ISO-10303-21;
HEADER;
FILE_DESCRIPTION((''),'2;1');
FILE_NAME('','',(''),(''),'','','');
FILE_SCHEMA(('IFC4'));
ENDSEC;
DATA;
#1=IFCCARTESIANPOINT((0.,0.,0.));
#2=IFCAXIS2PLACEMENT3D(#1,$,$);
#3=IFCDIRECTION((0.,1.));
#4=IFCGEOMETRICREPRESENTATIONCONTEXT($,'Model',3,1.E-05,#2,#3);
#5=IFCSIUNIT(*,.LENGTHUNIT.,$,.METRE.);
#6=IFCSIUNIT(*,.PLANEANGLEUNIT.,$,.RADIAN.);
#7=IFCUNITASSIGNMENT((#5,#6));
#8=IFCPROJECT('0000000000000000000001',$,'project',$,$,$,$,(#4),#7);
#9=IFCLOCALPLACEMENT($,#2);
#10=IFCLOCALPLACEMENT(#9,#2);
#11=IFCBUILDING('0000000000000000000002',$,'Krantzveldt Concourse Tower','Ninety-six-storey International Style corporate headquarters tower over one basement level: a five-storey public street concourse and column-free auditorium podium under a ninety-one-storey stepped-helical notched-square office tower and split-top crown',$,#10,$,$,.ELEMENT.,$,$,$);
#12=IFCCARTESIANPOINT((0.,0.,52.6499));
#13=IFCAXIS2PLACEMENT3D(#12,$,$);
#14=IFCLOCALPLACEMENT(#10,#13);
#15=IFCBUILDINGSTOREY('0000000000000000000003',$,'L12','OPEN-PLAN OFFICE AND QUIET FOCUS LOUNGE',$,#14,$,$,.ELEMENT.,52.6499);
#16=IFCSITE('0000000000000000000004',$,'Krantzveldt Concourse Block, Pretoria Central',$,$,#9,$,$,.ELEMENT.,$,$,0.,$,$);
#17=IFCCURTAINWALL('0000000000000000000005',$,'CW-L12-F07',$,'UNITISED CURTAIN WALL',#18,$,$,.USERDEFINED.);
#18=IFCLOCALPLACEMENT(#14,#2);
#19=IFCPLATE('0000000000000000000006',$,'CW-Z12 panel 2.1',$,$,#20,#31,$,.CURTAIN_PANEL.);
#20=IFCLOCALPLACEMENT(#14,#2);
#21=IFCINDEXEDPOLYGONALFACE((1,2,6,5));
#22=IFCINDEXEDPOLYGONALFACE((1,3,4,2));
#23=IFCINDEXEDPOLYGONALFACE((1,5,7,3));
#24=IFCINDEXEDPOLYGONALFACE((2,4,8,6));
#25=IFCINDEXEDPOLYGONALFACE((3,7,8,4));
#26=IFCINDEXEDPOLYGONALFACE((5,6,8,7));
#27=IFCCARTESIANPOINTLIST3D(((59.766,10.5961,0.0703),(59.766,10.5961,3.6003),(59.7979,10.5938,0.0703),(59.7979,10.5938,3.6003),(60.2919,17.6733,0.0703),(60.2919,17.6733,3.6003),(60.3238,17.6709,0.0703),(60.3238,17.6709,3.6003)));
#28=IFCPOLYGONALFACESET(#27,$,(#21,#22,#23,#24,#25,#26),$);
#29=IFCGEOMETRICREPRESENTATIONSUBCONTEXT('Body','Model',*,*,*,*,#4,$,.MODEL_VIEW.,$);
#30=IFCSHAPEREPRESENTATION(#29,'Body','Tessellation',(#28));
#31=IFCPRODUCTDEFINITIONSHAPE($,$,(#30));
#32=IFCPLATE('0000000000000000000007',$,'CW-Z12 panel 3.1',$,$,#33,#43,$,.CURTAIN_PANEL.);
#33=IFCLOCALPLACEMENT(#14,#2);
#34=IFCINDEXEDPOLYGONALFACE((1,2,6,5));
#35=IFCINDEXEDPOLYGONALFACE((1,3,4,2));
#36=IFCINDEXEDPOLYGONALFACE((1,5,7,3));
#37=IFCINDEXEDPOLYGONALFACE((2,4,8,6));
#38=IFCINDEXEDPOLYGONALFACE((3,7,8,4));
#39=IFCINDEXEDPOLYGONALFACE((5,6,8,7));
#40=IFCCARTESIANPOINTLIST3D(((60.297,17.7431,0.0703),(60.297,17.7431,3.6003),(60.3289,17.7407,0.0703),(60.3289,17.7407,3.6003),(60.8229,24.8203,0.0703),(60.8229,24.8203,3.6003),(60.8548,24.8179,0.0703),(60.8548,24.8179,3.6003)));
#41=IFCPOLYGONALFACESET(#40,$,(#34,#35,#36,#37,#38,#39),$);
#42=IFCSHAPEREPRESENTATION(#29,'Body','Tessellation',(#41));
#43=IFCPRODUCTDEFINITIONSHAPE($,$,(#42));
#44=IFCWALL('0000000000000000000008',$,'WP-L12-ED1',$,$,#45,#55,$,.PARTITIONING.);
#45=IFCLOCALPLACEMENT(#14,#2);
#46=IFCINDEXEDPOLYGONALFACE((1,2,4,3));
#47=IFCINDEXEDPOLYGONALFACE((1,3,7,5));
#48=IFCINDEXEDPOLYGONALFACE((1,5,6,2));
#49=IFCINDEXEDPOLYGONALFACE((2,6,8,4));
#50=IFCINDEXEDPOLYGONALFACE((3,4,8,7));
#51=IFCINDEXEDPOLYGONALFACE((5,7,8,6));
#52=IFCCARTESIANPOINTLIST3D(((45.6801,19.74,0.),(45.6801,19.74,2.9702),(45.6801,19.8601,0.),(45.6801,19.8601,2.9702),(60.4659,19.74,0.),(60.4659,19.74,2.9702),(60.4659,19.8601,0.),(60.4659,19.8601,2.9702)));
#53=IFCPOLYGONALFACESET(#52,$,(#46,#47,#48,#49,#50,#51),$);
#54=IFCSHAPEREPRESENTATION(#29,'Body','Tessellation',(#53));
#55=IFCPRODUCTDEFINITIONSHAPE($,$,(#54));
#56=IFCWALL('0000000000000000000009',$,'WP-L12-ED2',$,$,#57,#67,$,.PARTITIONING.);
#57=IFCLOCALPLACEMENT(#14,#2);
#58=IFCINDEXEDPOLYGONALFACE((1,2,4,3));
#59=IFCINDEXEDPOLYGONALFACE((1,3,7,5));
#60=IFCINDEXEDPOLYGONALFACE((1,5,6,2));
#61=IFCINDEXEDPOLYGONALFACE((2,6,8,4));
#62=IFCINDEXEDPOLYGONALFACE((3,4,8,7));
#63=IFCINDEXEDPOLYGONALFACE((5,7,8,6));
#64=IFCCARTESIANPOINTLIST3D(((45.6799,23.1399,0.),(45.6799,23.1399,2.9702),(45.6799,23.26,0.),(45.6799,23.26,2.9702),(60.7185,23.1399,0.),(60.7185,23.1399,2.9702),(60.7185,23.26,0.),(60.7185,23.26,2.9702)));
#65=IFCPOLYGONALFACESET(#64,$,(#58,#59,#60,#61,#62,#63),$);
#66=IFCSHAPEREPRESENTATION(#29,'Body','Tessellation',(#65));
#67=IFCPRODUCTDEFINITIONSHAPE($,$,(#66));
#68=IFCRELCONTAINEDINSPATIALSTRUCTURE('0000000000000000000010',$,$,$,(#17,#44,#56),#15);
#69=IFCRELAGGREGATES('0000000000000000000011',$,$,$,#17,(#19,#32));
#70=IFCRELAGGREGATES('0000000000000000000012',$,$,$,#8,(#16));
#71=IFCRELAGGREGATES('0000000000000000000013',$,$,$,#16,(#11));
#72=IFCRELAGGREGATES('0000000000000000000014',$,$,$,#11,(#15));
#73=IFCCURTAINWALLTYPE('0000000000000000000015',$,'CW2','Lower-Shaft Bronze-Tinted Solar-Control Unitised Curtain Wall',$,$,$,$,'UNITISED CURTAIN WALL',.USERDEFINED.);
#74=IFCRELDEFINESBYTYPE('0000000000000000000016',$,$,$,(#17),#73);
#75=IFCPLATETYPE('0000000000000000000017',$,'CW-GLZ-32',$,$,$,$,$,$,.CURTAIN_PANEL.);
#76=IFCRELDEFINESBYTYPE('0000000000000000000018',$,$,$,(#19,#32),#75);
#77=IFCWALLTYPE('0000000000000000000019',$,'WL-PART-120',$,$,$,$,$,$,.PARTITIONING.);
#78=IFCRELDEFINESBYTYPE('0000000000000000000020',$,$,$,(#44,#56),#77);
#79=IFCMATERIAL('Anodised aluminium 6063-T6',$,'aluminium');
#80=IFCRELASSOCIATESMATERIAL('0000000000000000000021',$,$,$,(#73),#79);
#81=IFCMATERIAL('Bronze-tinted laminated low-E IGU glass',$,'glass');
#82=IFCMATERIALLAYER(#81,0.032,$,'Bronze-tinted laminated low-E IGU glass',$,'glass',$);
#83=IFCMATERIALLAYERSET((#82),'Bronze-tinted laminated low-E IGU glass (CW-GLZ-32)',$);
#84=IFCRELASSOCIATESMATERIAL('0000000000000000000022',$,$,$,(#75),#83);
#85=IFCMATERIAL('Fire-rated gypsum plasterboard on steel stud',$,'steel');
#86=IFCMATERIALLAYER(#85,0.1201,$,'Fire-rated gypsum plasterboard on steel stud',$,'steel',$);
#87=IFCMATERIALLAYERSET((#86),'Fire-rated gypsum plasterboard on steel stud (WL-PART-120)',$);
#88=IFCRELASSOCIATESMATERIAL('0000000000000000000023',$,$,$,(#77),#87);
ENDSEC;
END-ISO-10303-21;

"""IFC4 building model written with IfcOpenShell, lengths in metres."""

from ifc_helpers import new_model, si_unit, direction, frame, frame_2d, origin, origin_2d, place, context, subcontext, project, spatial, rectangle, extrude, source, transform, mapped, material, layer, layer_set, type_object, type_shapes, element, aggregate, save


model = new_model("IFC4")

# Units and contexts
model_context = context("Model", 3, precision=1e-05, world=origin(), true_north=direction((0.0, 1.0)))
body_context = subcontext(model_context, "Body", "Model", "MODEL_VIEW")
ifc_project = project(units=[si_unit("LENGTHUNIT", "METRE"), si_unit("PLANEANGLEUNIT", "RADIAN")], contexts=[model_context])

# Site, building, storey
site_placement = place(None, origin())
site = spatial("IfcSite", under=ifc_project, at=site_placement, Name="Krantzveldt Concourse Block, Pretoria Central", CompositionType="ELEMENT", RefElevation=0.0)
building_placement = place(site_placement, origin())
building = spatial("IfcBuilding", under=site, at=building_placement, Name="Krantzveldt Concourse Tower", Description="Ninety-six-storey International Style corporate headquarters tower over one basement level: a five-storey public street concourse and column-free auditorium podium under a ninety-one-storey stepped-helical notched-square office tower and split-top crown", CompositionType="ELEMENT")
storey_placement = place(building_placement, frame((0.0, 0.0, 52.6499)))
storey = spatial("IfcBuildingStorey", under=building, at=storey_placement, Name="L12", Description="OPEN-PLAN OFFICE AND QUIET FOCUS LOUNGE", CompositionType="ELEMENT", Elevation=52.6499)

# Curtain wall, plates
ifc_material_1 = material(Name="Anodised aluminium 6063-T6", Category="aluminium")
curtain_wall_type = type_object("IfcCurtainWallType", Name="CW2", Description="Lower-Shaft Bronze-Tinted Solar-Control Unitised Curtain Wall", ElementType="UNITISED CURTAIN WALL", PredefinedType="USERDEFINED", material=ifc_material_1)
curtain_wall_placement = place(storey_placement, origin())
curtain_wall = element("IfcCurtainWall", 1, at=curtain_wall_placement, inside=storey, type_object=curtain_wall_type, Name="CW-L12-F07", ObjectType="UNITISED CURTAIN WALL", PredefinedType="USERDEFINED")
ifc_material_2 = material(Name="Bronze-tinted laminated low-E IGU glass", Category="glass")
ifc_layer_1 = layer(ifc_material_2, 0.032, Name="Bronze-tinted laminated low-E IGU glass", Category="glass")
ifc_layer_set_1 = layer_set([ifc_layer_1], Name="Bronze-tinted laminated low-E IGU glass (CW-GLZ-32)")
plate_type = type_object("IfcPlateType", Name="CW-GLZ-32", PredefinedType="CURTAIN_PANEL", material=ifc_layer_set_1)
shared_shape_1 = source(origin(), body_context, "Body", "SweptSolid", [
    extrude(rectangle(XDim=7.0967, YDim=0.032, at=origin_2d()), origin(), (0.0, 0.0, 1.0), 3.53),
])
type_shapes(plate_type, [shared_shape_1])
plate_1_placement = place(storey_placement, frame((60.0449, 14.1335, 0.0703), z_axis=(0.0, 0.0, 1.0), x_axis=(0.074109, 0.99725, 0.0)))
plate_1 = element("IfcPlate", 2, at=plate_1_placement, type_object=plate_type, Name="CW-Z12 panel 2.1", PredefinedType="CURTAIN_PANEL", context=body_context, shape_type="MappedRepresentation", body=[
    mapped(shared_shape_1, transform((0.0, 0.0, 0.0), x_axis=(1.0, 0.0, 0.0), y_axis=(0.0, 1.0, 0.0), z_axis=(0.0, 0.0, 1.0), scale=1.0)),
])
plate_2_placement = place(storey_placement, frame((60.5759, 21.2805, 0.0703), z_axis=(0.0, 0.0, 1.0), x_axis=(0.074109, 0.99725, 0.0)))
plate_2 = element("IfcPlate", 3, at=plate_2_placement, type_object=plate_type, Name="CW-Z12 panel 3.1", PredefinedType="CURTAIN_PANEL", context=body_context, shape_type="MappedRepresentation", body=[
    mapped(shared_shape_1, transform((0.0, 0.0, 0.0), x_axis=(1.0, 0.0, 0.0), y_axis=(0.0, 1.0, 0.0), z_axis=(0.0, 0.0, 1.0), scale=1.0)),
])
aggregate(curtain_wall, [plate_1, plate_2])

# Walls
ifc_material_3 = material(Name="Fire-rated gypsum plasterboard on steel stud", Category="steel")
ifc_layer_2 = layer(ifc_material_3, 0.1201, Name="Fire-rated gypsum plasterboard on steel stud", Category="steel")
ifc_layer_set_2 = layer_set([ifc_layer_2], Name="Fire-rated gypsum plasterboard on steel stud (WL-PART-120)")
wall_type = type_object("IfcWallType", Name="WL-PART-120", PredefinedType="PARTITIONING", material=ifc_layer_set_2)
wall_1_placement = place(storey_placement, frame((45.6799, 19.8, 0.0), z_axis=(0.0, 0.0, 1.0), x_axis=(1.0, 0.0, 0.0)))
element("IfcWall", 4, at=wall_1_placement, inside=storey, type_object=wall_type, Name="WP-L12-ED1", PredefinedType="PARTITIONING", context=body_context, shape_type="SweptSolid", body=[
    extrude(rectangle(XDim=14.7859, YDim=0.1201, at=frame_2d((7.3931, 0.0))), origin(), (0.0, 0.0, 1.0), 2.9702),
])
wall_2_placement = place(storey_placement, frame((45.6799, 23.2, 0.0), z_axis=(0.0, 0.0, 1.0), x_axis=(1.0, 0.0, 0.0)))
element("IfcWall", 5, at=wall_2_placement, inside=storey, type_object=wall_type, Name="WP-L12-ED2", PredefinedType="PARTITIONING", context=body_context, shape_type="SweptSolid", body=[
    extrude(rectangle(XDim=15.0386, YDim=0.1201, at=frame_2d((7.5193, 0.0))), origin(), (0.0, 0.0, 1.0), 2.9702),
])

save(model, "model.ifc")
